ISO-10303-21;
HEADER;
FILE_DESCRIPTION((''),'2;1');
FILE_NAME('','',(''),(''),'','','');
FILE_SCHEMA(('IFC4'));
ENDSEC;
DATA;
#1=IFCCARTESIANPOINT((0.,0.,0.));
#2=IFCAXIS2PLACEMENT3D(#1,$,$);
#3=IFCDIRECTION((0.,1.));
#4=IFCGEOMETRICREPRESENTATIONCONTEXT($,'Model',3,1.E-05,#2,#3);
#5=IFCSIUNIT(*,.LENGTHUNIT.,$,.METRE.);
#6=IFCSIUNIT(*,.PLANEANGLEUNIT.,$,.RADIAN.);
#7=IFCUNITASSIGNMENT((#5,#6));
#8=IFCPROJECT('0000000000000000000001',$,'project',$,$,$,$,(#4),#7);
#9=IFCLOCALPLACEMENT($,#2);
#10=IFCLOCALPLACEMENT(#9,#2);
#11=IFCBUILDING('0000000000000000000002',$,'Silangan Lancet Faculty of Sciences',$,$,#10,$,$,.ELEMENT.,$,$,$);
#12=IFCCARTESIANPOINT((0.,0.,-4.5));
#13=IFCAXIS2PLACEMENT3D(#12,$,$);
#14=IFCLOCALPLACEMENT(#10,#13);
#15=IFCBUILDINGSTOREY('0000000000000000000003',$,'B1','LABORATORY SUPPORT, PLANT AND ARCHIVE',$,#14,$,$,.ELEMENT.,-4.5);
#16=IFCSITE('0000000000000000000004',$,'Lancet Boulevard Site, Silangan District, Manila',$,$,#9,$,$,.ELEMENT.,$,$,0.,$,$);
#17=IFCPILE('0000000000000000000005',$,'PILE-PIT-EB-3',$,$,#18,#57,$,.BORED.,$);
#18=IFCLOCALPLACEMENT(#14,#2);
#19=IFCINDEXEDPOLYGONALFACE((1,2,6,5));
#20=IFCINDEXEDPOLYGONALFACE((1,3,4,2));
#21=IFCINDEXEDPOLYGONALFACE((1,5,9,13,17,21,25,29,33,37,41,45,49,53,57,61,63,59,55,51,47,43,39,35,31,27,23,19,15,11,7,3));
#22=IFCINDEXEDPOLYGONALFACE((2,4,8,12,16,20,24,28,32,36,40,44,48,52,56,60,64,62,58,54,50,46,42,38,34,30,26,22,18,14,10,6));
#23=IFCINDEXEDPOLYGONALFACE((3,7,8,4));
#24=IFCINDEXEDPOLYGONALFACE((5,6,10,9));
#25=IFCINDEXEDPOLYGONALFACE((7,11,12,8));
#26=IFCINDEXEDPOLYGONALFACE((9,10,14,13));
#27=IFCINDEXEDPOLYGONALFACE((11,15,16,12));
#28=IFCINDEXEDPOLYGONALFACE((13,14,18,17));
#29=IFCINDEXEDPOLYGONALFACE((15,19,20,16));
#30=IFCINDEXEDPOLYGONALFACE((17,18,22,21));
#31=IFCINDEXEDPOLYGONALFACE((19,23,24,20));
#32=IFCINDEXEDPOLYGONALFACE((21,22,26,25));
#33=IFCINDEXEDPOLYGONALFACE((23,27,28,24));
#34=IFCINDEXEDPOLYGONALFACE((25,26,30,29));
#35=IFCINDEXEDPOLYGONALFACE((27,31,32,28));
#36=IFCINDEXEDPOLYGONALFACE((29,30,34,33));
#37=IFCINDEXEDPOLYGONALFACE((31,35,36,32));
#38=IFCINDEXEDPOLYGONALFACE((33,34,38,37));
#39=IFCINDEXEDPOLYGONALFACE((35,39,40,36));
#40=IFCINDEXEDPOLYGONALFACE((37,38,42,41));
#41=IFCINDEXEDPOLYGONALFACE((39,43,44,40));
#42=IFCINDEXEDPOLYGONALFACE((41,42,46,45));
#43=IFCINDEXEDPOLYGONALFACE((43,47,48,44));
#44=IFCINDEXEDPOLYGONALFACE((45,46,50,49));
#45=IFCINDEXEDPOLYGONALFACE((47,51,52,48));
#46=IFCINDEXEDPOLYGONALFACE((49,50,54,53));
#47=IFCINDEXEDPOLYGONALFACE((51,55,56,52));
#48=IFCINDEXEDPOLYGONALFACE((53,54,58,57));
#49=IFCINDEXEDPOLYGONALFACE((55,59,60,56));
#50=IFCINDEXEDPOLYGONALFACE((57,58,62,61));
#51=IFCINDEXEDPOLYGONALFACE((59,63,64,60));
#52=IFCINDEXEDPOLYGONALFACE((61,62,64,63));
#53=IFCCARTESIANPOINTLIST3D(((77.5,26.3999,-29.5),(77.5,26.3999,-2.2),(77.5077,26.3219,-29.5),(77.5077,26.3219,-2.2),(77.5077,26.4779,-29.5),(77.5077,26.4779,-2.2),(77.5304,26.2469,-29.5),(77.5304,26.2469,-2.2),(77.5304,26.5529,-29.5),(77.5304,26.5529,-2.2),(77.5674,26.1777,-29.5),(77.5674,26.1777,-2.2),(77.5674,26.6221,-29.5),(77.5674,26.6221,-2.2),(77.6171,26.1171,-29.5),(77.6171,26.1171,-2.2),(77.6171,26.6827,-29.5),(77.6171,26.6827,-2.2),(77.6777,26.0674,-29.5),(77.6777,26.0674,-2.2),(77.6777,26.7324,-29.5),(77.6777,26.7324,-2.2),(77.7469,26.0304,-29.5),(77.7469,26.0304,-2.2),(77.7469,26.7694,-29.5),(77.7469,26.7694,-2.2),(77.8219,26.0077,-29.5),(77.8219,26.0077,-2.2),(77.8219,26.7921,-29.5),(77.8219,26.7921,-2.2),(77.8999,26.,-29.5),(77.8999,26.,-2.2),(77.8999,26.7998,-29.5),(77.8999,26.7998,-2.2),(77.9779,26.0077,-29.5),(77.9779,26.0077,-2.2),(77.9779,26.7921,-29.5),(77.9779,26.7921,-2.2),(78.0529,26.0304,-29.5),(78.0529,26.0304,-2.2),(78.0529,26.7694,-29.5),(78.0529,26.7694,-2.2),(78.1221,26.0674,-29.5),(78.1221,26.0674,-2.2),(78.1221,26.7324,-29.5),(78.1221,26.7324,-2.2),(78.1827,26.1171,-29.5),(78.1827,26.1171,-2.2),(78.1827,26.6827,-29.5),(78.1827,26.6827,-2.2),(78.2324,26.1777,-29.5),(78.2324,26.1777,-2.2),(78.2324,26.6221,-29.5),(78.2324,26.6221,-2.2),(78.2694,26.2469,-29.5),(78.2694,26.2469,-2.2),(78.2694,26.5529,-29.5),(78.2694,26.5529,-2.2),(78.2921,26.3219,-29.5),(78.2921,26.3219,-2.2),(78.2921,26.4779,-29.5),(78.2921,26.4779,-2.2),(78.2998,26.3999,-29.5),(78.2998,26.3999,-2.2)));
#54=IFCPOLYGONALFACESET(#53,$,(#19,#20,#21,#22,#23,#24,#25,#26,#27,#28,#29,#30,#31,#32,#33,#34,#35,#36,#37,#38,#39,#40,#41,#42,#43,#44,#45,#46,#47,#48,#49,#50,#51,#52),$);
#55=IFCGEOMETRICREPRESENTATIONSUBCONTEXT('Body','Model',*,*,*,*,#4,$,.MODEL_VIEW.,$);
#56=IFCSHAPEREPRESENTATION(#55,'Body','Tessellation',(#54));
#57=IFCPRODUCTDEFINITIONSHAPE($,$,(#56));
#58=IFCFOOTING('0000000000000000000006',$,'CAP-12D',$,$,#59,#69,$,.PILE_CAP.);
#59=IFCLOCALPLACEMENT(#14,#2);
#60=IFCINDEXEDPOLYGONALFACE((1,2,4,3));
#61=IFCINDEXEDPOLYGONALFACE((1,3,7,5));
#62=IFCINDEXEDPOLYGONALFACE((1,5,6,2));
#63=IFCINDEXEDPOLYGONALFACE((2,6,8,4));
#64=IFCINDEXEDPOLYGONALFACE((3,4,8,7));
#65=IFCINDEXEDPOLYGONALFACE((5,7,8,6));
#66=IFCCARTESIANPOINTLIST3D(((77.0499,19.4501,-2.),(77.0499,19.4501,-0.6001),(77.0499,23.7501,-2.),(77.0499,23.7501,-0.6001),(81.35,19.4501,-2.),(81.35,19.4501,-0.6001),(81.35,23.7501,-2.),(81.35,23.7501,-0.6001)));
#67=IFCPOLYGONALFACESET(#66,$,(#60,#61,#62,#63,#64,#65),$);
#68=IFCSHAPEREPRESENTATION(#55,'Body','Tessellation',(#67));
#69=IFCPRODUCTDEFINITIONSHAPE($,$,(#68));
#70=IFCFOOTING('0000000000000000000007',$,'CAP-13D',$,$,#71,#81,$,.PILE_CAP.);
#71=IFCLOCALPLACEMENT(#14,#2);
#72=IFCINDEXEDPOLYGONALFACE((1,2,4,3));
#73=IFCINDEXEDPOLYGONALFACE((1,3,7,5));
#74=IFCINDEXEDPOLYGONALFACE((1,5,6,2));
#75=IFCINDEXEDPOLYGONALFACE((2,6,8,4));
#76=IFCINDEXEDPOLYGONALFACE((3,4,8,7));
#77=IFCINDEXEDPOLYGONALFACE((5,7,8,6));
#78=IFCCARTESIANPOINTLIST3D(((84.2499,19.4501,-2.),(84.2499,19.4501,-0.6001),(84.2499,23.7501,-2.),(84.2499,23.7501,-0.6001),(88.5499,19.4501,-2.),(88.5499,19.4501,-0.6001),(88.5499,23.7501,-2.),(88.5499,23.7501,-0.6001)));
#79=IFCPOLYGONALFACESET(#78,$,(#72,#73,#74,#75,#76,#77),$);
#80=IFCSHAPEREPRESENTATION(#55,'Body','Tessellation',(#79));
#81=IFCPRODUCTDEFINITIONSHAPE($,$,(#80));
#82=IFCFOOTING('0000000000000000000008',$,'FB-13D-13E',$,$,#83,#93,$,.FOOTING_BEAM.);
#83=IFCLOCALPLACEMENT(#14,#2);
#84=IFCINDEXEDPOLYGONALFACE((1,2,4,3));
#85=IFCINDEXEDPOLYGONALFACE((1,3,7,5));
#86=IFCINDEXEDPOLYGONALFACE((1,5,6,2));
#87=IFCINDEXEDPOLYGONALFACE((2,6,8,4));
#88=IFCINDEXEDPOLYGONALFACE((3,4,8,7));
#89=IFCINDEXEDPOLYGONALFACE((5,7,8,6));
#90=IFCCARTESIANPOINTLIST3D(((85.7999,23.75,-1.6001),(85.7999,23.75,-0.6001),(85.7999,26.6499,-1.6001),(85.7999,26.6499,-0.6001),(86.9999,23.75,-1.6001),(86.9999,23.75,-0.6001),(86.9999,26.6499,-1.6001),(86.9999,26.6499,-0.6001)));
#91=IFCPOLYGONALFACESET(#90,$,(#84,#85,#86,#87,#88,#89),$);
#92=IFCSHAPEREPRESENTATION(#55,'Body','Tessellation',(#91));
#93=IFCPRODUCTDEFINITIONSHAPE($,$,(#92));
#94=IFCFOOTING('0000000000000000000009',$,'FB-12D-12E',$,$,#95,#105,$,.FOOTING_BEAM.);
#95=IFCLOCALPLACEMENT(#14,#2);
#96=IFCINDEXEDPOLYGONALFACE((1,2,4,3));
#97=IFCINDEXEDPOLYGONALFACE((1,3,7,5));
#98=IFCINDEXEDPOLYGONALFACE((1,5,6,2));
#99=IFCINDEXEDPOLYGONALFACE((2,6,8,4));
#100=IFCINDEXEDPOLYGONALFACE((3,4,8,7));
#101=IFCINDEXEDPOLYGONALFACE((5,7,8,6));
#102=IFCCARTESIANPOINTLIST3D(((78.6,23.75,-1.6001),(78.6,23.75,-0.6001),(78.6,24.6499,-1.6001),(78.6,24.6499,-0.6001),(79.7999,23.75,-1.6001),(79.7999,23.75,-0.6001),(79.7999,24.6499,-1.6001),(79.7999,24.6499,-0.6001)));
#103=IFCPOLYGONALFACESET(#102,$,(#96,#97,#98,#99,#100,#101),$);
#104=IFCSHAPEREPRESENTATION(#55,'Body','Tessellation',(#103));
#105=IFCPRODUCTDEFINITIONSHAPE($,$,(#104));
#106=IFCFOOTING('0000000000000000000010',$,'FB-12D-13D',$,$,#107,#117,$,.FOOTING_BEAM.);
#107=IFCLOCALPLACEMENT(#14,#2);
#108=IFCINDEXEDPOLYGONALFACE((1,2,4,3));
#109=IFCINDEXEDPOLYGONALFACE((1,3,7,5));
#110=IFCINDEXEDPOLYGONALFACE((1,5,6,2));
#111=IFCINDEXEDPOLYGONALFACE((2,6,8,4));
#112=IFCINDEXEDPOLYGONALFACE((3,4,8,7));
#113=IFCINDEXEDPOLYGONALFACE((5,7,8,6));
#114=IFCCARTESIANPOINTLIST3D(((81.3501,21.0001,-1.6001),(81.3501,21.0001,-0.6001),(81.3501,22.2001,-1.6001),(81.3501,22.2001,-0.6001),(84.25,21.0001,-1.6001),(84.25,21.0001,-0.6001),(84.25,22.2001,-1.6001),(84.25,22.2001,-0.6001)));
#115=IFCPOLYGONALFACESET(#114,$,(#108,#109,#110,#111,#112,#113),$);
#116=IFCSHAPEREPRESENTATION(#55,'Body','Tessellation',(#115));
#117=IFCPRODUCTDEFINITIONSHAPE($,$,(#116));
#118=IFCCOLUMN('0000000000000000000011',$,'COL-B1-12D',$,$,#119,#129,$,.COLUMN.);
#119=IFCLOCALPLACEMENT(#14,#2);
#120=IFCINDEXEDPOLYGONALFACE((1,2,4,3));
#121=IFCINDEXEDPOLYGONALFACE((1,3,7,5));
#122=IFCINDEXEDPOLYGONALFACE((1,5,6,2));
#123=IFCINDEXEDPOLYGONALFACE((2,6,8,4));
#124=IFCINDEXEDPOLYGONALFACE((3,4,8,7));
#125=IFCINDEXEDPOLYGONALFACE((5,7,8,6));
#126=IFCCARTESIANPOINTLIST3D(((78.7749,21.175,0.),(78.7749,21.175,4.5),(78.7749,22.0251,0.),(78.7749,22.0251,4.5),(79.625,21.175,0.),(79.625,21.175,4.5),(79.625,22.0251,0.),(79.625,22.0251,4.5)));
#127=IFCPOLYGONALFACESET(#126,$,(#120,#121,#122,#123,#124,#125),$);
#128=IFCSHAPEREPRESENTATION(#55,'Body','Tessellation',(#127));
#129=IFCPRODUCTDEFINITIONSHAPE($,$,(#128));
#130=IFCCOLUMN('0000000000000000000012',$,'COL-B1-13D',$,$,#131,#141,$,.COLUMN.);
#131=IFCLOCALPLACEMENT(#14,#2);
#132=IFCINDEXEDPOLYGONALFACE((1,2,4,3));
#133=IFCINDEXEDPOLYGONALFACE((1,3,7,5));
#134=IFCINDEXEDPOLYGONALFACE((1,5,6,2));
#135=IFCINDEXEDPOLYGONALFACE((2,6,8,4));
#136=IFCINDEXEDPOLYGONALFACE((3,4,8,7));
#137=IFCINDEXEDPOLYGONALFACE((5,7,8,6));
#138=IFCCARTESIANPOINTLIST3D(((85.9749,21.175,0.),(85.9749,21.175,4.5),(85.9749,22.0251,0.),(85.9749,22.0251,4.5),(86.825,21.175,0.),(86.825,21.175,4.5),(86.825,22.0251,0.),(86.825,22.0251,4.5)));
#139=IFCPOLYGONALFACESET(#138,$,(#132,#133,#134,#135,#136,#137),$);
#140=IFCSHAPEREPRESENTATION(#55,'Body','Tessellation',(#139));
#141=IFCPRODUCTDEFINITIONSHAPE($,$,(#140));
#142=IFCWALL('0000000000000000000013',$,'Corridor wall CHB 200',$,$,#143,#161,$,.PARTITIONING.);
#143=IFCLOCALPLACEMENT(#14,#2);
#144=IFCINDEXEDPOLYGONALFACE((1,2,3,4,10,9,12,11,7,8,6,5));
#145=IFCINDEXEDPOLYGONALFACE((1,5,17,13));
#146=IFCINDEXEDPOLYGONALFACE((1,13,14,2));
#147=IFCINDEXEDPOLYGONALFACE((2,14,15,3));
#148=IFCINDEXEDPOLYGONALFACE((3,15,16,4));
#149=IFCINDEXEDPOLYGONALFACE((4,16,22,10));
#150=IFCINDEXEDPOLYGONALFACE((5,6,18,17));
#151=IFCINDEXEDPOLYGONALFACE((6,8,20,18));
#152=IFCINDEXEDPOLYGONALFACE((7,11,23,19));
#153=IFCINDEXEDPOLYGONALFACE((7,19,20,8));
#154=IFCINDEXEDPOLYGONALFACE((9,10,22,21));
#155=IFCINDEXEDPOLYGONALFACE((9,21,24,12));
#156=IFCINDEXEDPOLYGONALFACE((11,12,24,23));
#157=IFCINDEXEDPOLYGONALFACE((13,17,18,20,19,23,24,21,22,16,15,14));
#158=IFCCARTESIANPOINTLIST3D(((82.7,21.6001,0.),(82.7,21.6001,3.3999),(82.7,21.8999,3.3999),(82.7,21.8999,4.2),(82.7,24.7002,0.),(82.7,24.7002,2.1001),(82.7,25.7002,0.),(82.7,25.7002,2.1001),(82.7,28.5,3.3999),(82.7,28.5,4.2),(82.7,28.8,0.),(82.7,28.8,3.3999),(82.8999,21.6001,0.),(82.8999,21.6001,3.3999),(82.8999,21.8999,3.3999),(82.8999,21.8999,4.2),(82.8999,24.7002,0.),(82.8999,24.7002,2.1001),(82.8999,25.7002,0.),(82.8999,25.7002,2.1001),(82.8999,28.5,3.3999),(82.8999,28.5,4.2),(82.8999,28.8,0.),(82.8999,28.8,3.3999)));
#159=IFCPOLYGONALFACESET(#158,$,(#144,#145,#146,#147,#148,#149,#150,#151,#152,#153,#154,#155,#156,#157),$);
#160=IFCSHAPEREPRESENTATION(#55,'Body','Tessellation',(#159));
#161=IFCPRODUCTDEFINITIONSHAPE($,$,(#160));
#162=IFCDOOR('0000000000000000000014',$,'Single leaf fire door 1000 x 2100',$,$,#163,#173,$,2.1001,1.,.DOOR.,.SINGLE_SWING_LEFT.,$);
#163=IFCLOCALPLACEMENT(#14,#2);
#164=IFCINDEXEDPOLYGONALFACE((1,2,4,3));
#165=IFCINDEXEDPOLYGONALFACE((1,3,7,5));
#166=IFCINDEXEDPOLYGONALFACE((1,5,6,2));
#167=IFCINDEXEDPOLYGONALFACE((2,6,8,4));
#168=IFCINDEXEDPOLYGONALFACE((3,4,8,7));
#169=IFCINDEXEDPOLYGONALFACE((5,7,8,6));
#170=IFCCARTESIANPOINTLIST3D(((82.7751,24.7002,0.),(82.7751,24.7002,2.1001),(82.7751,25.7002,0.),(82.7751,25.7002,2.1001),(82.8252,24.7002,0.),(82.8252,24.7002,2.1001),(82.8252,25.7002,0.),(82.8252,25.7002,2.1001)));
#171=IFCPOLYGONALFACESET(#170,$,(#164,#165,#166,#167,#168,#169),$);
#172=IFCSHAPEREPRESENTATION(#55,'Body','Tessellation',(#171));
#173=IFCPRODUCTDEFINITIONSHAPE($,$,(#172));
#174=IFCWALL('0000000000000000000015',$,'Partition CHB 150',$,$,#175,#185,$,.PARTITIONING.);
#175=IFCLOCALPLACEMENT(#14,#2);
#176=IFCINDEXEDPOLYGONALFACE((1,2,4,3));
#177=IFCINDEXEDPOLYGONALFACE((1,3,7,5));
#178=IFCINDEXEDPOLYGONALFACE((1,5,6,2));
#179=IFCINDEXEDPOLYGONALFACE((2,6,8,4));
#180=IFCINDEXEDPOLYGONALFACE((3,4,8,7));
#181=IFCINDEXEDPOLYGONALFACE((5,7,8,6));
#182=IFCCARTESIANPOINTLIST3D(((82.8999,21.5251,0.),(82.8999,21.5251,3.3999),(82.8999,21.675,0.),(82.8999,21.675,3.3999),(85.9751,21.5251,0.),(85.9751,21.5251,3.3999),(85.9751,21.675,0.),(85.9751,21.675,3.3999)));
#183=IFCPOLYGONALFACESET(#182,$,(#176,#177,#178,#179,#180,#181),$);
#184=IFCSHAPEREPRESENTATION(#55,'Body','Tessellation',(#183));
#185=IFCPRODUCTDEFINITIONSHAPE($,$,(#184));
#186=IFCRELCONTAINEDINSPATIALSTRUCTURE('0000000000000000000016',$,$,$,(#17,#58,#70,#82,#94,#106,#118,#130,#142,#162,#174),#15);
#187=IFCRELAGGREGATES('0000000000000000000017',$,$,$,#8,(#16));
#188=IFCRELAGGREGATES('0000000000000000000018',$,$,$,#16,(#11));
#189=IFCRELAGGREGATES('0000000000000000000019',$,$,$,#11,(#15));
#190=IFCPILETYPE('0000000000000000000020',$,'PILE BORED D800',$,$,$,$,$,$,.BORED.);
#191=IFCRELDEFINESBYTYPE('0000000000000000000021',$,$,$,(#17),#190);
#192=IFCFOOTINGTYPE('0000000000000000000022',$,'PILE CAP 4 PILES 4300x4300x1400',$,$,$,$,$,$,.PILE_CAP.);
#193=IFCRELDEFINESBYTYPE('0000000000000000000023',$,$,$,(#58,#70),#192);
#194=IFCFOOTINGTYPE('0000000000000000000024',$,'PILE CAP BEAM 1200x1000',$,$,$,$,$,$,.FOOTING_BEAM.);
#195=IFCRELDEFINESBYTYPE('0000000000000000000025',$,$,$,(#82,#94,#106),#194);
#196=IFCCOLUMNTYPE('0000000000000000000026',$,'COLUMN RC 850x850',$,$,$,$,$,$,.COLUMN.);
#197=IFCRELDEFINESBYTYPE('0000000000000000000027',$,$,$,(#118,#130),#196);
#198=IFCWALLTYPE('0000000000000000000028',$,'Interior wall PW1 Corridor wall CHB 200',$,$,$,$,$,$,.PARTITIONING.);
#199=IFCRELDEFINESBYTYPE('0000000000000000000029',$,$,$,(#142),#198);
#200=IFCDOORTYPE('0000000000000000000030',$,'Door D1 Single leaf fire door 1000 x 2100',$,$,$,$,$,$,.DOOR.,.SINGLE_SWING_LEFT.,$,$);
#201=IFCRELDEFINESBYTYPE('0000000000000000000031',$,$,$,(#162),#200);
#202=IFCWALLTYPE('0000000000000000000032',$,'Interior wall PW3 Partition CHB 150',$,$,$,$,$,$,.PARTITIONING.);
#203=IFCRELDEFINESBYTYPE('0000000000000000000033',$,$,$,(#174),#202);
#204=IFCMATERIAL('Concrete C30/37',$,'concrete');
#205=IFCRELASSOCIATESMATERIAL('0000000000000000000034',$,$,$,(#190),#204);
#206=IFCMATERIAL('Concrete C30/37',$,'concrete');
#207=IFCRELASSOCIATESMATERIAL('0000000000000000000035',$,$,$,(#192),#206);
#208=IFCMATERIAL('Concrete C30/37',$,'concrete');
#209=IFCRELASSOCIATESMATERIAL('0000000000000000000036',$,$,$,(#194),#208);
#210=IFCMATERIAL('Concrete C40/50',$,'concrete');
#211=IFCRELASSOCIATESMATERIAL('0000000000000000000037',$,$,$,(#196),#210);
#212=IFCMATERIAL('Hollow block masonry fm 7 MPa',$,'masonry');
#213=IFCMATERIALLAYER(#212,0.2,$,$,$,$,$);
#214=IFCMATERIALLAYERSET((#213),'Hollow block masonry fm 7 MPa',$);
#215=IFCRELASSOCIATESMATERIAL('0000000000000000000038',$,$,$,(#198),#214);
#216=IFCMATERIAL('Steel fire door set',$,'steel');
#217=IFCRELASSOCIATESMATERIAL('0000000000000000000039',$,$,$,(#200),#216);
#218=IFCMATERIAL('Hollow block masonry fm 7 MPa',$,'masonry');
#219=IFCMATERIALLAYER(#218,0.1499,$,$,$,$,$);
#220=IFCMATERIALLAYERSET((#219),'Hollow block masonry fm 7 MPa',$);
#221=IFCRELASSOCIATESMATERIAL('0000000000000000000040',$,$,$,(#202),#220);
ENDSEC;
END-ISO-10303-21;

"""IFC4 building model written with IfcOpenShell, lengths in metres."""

from ifc_helpers import new_model, si_unit, direction, frame, frame_2d, origin, origin_2d, place, context, subcontext, project, spatial, polyline, rectangle, circle, outline, extrude, material, layer, layer_set, material_profile, profile_set, type_object, element, fill, save


model = new_model("IFC4")

# Units and contexts
model_context = context("Model", 3, precision=1e-05, world=origin(), true_north=direction((0.0, 1.0)))
body_context = subcontext(model_context, "Body", "Model", "MODEL_VIEW")
ifc_project = project(units=[si_unit("LENGTHUNIT", "METRE"), si_unit("PLANEANGLEUNIT", "RADIAN")], contexts=[model_context])

# Site, building, storey
site_placement = place(None, origin())
site = spatial("IfcSite", under=ifc_project, at=site_placement, Name="Lancet Boulevard Site, Silangan District, Manila", CompositionType="ELEMENT", RefElevation=0.0)
building_placement = place(site_placement, origin())
building = spatial("IfcBuilding", under=site, at=building_placement, Name="Silangan Lancet Faculty of Sciences", CompositionType="ELEMENT")
storey_placement = place(building_placement, frame((0.0, 0.0, -4.5)))
storey = spatial("IfcBuildingStorey", under=building, at=storey_placement, Name="B1", Description="LABORATORY SUPPORT, PLANT AND ARCHIVE", CompositionType="ELEMENT", Elevation=-4.5)

# Pile
ifc_material_1 = material(Name="Concrete C30/37", Category="concrete")
ifc_material_profile_1 = material_profile(ifc_material_1, circle(Radius=0.3999, at=origin_2d()), Name="BORED PILE D800")
ifc_profile_set_1 = profile_set([ifc_material_profile_1], Name="Concrete C30/37")
pile_type_1 = type_object("IfcPileType", Name="PILE BORED D800", PredefinedType="BORED", material=ifc_profile_set_1)
pile_placement = place(storey_placement, frame((77.8999, 26.3999, -2.2), z_axis=(0.0, 0.0, -1.0), x_axis=(1.0, 0.0, 0.0)))
element("IfcPile", 1, at=pile_placement, inside=storey, type_object=pile_type_1, Name="PILE-PIT-EB-3", PredefinedType="BORED", context=body_context, shape_type="SweptSolid", body=[
    extrude(circle(Radius=0.3999, at=origin_2d()), origin(), (0.0, 0.0, 1.0), 27.3),
])

# Footings
ifc_material_2 = material(Name="Concrete C30/37", Category="concrete")
footing_type_1 = type_object("IfcFootingType", Name="PILE CAP 4 PILES 4300x4300x1400", PredefinedType="PILE_CAP", material=ifc_material_2)
for number, where, z_axis, x_axis, name in (
    (2, (79.2, 21.6001, -2.0), (0.0, 0.0, 1.0), (1.0, 0.0, 0.0), "CAP-12D"),
    (3, (86.3999, 21.6001, -2.0), (0.0, 0.0, 1.0), (1.0, 0.0, 0.0), "CAP-13D"),
):
    element("IfcFooting", number, at=place(storey_placement, frame(where, z_axis=z_axis, x_axis=x_axis)), inside=storey, type_object=footing_type_1, Name=name, PredefinedType="PILE_CAP", context=body_context, shape_type="SweptSolid", body=[
        extrude(rectangle(XDim=4.3, YDim=4.3, at=origin_2d()), origin(), (0.0, 0.0, 1.0), 1.3999),
    ])
ifc_material_3 = material(Name="Concrete C30/37", Category="concrete")
footing_type_2 = type_object("IfcFootingType", Name="PILE CAP BEAM 1200x1000", PredefinedType="FOOTING_BEAM", material=ifc_material_3)
footing_1_placement = place(storey_placement, frame((86.3999, 25.2, -1.6001), z_axis=(0.0, 0.0, 1.0), x_axis=(0.0, 1.0, 0.0)))
element("IfcFooting", 4, at=footing_1_placement, inside=storey, type_object=footing_type_2, Name="FB-13D-13E", PredefinedType="FOOTING_BEAM", context=body_context, shape_type="SweptSolid", body=[
    extrude(rectangle(XDim=2.8999, YDim=1.2, at=origin_2d()), origin(), (0.0, 0.0, 1.0), 1.0),
])
footing_2_placement = place(storey_placement, frame((79.2, 24.2, -1.6001), z_axis=(0.0, 0.0, 1.0), x_axis=(0.0, 1.0, 0.0)))
element("IfcFooting", 5, at=footing_2_placement, inside=storey, type_object=footing_type_2, Name="FB-12D-12E", PredefinedType="FOOTING_BEAM", context=body_context, shape_type="SweptSolid", body=[
    extrude(rectangle(XDim=0.8999, YDim=1.2, at=origin_2d()), origin(), (0.0, 0.0, 1.0), 1.0),
])
footing_3_placement = place(storey_placement, frame((82.8, 21.6001, -1.6001), z_axis=(0.0, 0.0, 1.0), x_axis=(1.0, 0.0, 0.0)))
element("IfcFooting", 6, at=footing_3_placement, inside=storey, type_object=footing_type_2, Name="FB-12D-13D", PredefinedType="FOOTING_BEAM", context=body_context, shape_type="SweptSolid", body=[
    extrude(rectangle(XDim=2.8999, YDim=1.2, at=origin_2d()), origin(), (0.0, 0.0, 1.0), 1.0),
])

# Columns
ifc_material_4 = material(Name="Concrete C40/50", Category="concrete")
ifc_material_profile_2 = material_profile(ifc_material_4, rectangle(XDim=0.8501, YDim=0.8501, at=origin_2d()), Name="RC 850x850")
ifc_profile_set_2 = profile_set([ifc_material_profile_2], Name="Concrete C40/50")
column_type = type_object("IfcColumnType", Name="COLUMN RC 850x850", PredefinedType="COLUMN", material=ifc_profile_set_2)
for number, where, z_axis, x_axis, name in (
    (7, (79.2, 21.6001, 0.0), (0.0, 0.0, 1.0), (1.0, 0.0, 0.0), "COL-B1-12D"),
    (8, (86.3999, 21.6001, 0.0), (0.0, 0.0, 1.0), (1.0, 0.0, 0.0), "COL-B1-13D"),
):
    element("IfcColumn", number, at=place(storey_placement, frame(where, z_axis=z_axis, x_axis=x_axis)), inside=storey, type_object=column_type, Name=name, PredefinedType="COLUMN", context=body_context, shape_type="SweptSolid", body=[
        extrude(rectangle(XDim=0.8501, YDim=0.8501, at=origin_2d()), origin(), (0.0, 0.0, 1.0), 4.5),
    ])

# Wall, opening, door
ifc_material_5 = material(Name="Hollow block masonry fm 7 MPa", Category="masonry")
ifc_layer_1 = layer(ifc_material_5, 0.2)
ifc_layer_set_1 = layer_set([ifc_layer_1], Name="Hollow block masonry fm 7 MPa")
wall_type_1 = type_object("IfcWallType", Name="Interior wall PW1 Corridor wall CHB 200", PredefinedType="PARTITIONING", material=ifc_layer_set_1)
wall_1_placement = place(storey_placement, frame((82.8, 21.6001, 0.0), z_axis=(0.0, 0.0, 1.0), x_axis=(0.0, 1.0, 0.0)))
wall_1 = element("IfcWall", 9, at=wall_1_placement, inside=storey, type_object=wall_type_1, Name="Corridor wall CHB 200", PredefinedType="PARTITIONING", context=body_context, shape_type="SweptSolid", body=[
    extrude(outline(polyline([(0.0, 0.0), (7.2, 0.0), (7.2, 3.3999), (6.8999, 3.3999), (6.8999, 4.2), (0.2998, 4.2), (0.2998, 3.3999), (0.0, 3.3999), (0.0, 0.0)])), frame((0.0, 0.1001, 0.0), z_axis=(0.0, -1.0, 0.0), x_axis=(1.0, 0.0, 0.0)), (0.0, 0.0, 1.0), 0.2),
])
opening_1_placement = place(wall_1_placement, frame((3.1001, 0.0, 0.0)))
opening_1 = element("IfcOpeningElement", 10, at=opening_1_placement, cuts=wall_1, PredefinedType="OPENING", context=body_context, shape_type="SweptSolid", body=[
    extrude(rectangle(XDim=1.0, YDim=2.1001, at=frame_2d((0.5, 1.05))), frame((0.0, 0.1099, 0.0), z_axis=(0.0, -1.0, 0.0), x_axis=(1.0, 0.0, 0.0)), (0.0, 0.0, 1.0), 0.22),
])
ifc_material_6 = material(Name="Steel fire door set", Category="steel")
door_type_1 = type_object("IfcDoorType", Name="Door D1 Single leaf fire door 1000 x 2100", OperationType="SINGLE_SWING_LEFT", PredefinedType="DOOR", material=ifc_material_6)
door_1_placement = place(opening_1_placement, frame((1.0, 0.0, 0.0), z_axis=(0.0, 0.0, 1.0), x_axis=(-1.0, 0.0, 0.0)))
door_1 = element("IfcDoor", 11, at=door_1_placement, inside=storey, type_object=door_type_1, Name="Single leaf fire door 1000 x 2100", OperationType="SINGLE_SWING_LEFT", OverallHeight=2.1001, OverallWidth=1.0, PredefinedType="DOOR", context=body_context, shape_type="SweptSolid", body=[
    extrude(rectangle(XDim=1.0, YDim=2.1001, at=frame_2d((0.5, 1.05))), frame((0.0, 0.0251, 0.0), z_axis=(0.0, -1.0, 0.0), x_axis=(1.0, 0.0, 0.0)), (0.0, 0.0, 1.0), 0.05),
])
fill(opening_1, door_1)

# Wall
ifc_material_7 = material(Name="Hollow block masonry fm 7 MPa", Category="masonry")
ifc_layer_2 = layer(ifc_material_7, 0.1499)
ifc_layer_set_2 = layer_set([ifc_layer_2], Name="Hollow block masonry fm 7 MPa")
wall_type_2 = type_object("IfcWallType", Name="Interior wall PW3 Partition CHB 150", PredefinedType="PARTITIONING", material=ifc_layer_set_2)
wall_2_placement = place(storey_placement, frame((82.8999, 21.6001, 0.0), z_axis=(0.0, 0.0, 1.0), x_axis=(1.0, 0.0, 0.0)))
element("IfcWall", 12, at=wall_2_placement, inside=storey, type_object=wall_type_2, Name="Partition CHB 150", PredefinedType="PARTITIONING", context=body_context, shape_type="SweptSolid", body=[
    extrude(rectangle(XDim=3.0752, YDim=0.1499, at=frame_2d((1.5376, 0.0))), origin(), (0.0, 0.0, 1.0), 3.3999),
])

save(model, "model.ifc")
